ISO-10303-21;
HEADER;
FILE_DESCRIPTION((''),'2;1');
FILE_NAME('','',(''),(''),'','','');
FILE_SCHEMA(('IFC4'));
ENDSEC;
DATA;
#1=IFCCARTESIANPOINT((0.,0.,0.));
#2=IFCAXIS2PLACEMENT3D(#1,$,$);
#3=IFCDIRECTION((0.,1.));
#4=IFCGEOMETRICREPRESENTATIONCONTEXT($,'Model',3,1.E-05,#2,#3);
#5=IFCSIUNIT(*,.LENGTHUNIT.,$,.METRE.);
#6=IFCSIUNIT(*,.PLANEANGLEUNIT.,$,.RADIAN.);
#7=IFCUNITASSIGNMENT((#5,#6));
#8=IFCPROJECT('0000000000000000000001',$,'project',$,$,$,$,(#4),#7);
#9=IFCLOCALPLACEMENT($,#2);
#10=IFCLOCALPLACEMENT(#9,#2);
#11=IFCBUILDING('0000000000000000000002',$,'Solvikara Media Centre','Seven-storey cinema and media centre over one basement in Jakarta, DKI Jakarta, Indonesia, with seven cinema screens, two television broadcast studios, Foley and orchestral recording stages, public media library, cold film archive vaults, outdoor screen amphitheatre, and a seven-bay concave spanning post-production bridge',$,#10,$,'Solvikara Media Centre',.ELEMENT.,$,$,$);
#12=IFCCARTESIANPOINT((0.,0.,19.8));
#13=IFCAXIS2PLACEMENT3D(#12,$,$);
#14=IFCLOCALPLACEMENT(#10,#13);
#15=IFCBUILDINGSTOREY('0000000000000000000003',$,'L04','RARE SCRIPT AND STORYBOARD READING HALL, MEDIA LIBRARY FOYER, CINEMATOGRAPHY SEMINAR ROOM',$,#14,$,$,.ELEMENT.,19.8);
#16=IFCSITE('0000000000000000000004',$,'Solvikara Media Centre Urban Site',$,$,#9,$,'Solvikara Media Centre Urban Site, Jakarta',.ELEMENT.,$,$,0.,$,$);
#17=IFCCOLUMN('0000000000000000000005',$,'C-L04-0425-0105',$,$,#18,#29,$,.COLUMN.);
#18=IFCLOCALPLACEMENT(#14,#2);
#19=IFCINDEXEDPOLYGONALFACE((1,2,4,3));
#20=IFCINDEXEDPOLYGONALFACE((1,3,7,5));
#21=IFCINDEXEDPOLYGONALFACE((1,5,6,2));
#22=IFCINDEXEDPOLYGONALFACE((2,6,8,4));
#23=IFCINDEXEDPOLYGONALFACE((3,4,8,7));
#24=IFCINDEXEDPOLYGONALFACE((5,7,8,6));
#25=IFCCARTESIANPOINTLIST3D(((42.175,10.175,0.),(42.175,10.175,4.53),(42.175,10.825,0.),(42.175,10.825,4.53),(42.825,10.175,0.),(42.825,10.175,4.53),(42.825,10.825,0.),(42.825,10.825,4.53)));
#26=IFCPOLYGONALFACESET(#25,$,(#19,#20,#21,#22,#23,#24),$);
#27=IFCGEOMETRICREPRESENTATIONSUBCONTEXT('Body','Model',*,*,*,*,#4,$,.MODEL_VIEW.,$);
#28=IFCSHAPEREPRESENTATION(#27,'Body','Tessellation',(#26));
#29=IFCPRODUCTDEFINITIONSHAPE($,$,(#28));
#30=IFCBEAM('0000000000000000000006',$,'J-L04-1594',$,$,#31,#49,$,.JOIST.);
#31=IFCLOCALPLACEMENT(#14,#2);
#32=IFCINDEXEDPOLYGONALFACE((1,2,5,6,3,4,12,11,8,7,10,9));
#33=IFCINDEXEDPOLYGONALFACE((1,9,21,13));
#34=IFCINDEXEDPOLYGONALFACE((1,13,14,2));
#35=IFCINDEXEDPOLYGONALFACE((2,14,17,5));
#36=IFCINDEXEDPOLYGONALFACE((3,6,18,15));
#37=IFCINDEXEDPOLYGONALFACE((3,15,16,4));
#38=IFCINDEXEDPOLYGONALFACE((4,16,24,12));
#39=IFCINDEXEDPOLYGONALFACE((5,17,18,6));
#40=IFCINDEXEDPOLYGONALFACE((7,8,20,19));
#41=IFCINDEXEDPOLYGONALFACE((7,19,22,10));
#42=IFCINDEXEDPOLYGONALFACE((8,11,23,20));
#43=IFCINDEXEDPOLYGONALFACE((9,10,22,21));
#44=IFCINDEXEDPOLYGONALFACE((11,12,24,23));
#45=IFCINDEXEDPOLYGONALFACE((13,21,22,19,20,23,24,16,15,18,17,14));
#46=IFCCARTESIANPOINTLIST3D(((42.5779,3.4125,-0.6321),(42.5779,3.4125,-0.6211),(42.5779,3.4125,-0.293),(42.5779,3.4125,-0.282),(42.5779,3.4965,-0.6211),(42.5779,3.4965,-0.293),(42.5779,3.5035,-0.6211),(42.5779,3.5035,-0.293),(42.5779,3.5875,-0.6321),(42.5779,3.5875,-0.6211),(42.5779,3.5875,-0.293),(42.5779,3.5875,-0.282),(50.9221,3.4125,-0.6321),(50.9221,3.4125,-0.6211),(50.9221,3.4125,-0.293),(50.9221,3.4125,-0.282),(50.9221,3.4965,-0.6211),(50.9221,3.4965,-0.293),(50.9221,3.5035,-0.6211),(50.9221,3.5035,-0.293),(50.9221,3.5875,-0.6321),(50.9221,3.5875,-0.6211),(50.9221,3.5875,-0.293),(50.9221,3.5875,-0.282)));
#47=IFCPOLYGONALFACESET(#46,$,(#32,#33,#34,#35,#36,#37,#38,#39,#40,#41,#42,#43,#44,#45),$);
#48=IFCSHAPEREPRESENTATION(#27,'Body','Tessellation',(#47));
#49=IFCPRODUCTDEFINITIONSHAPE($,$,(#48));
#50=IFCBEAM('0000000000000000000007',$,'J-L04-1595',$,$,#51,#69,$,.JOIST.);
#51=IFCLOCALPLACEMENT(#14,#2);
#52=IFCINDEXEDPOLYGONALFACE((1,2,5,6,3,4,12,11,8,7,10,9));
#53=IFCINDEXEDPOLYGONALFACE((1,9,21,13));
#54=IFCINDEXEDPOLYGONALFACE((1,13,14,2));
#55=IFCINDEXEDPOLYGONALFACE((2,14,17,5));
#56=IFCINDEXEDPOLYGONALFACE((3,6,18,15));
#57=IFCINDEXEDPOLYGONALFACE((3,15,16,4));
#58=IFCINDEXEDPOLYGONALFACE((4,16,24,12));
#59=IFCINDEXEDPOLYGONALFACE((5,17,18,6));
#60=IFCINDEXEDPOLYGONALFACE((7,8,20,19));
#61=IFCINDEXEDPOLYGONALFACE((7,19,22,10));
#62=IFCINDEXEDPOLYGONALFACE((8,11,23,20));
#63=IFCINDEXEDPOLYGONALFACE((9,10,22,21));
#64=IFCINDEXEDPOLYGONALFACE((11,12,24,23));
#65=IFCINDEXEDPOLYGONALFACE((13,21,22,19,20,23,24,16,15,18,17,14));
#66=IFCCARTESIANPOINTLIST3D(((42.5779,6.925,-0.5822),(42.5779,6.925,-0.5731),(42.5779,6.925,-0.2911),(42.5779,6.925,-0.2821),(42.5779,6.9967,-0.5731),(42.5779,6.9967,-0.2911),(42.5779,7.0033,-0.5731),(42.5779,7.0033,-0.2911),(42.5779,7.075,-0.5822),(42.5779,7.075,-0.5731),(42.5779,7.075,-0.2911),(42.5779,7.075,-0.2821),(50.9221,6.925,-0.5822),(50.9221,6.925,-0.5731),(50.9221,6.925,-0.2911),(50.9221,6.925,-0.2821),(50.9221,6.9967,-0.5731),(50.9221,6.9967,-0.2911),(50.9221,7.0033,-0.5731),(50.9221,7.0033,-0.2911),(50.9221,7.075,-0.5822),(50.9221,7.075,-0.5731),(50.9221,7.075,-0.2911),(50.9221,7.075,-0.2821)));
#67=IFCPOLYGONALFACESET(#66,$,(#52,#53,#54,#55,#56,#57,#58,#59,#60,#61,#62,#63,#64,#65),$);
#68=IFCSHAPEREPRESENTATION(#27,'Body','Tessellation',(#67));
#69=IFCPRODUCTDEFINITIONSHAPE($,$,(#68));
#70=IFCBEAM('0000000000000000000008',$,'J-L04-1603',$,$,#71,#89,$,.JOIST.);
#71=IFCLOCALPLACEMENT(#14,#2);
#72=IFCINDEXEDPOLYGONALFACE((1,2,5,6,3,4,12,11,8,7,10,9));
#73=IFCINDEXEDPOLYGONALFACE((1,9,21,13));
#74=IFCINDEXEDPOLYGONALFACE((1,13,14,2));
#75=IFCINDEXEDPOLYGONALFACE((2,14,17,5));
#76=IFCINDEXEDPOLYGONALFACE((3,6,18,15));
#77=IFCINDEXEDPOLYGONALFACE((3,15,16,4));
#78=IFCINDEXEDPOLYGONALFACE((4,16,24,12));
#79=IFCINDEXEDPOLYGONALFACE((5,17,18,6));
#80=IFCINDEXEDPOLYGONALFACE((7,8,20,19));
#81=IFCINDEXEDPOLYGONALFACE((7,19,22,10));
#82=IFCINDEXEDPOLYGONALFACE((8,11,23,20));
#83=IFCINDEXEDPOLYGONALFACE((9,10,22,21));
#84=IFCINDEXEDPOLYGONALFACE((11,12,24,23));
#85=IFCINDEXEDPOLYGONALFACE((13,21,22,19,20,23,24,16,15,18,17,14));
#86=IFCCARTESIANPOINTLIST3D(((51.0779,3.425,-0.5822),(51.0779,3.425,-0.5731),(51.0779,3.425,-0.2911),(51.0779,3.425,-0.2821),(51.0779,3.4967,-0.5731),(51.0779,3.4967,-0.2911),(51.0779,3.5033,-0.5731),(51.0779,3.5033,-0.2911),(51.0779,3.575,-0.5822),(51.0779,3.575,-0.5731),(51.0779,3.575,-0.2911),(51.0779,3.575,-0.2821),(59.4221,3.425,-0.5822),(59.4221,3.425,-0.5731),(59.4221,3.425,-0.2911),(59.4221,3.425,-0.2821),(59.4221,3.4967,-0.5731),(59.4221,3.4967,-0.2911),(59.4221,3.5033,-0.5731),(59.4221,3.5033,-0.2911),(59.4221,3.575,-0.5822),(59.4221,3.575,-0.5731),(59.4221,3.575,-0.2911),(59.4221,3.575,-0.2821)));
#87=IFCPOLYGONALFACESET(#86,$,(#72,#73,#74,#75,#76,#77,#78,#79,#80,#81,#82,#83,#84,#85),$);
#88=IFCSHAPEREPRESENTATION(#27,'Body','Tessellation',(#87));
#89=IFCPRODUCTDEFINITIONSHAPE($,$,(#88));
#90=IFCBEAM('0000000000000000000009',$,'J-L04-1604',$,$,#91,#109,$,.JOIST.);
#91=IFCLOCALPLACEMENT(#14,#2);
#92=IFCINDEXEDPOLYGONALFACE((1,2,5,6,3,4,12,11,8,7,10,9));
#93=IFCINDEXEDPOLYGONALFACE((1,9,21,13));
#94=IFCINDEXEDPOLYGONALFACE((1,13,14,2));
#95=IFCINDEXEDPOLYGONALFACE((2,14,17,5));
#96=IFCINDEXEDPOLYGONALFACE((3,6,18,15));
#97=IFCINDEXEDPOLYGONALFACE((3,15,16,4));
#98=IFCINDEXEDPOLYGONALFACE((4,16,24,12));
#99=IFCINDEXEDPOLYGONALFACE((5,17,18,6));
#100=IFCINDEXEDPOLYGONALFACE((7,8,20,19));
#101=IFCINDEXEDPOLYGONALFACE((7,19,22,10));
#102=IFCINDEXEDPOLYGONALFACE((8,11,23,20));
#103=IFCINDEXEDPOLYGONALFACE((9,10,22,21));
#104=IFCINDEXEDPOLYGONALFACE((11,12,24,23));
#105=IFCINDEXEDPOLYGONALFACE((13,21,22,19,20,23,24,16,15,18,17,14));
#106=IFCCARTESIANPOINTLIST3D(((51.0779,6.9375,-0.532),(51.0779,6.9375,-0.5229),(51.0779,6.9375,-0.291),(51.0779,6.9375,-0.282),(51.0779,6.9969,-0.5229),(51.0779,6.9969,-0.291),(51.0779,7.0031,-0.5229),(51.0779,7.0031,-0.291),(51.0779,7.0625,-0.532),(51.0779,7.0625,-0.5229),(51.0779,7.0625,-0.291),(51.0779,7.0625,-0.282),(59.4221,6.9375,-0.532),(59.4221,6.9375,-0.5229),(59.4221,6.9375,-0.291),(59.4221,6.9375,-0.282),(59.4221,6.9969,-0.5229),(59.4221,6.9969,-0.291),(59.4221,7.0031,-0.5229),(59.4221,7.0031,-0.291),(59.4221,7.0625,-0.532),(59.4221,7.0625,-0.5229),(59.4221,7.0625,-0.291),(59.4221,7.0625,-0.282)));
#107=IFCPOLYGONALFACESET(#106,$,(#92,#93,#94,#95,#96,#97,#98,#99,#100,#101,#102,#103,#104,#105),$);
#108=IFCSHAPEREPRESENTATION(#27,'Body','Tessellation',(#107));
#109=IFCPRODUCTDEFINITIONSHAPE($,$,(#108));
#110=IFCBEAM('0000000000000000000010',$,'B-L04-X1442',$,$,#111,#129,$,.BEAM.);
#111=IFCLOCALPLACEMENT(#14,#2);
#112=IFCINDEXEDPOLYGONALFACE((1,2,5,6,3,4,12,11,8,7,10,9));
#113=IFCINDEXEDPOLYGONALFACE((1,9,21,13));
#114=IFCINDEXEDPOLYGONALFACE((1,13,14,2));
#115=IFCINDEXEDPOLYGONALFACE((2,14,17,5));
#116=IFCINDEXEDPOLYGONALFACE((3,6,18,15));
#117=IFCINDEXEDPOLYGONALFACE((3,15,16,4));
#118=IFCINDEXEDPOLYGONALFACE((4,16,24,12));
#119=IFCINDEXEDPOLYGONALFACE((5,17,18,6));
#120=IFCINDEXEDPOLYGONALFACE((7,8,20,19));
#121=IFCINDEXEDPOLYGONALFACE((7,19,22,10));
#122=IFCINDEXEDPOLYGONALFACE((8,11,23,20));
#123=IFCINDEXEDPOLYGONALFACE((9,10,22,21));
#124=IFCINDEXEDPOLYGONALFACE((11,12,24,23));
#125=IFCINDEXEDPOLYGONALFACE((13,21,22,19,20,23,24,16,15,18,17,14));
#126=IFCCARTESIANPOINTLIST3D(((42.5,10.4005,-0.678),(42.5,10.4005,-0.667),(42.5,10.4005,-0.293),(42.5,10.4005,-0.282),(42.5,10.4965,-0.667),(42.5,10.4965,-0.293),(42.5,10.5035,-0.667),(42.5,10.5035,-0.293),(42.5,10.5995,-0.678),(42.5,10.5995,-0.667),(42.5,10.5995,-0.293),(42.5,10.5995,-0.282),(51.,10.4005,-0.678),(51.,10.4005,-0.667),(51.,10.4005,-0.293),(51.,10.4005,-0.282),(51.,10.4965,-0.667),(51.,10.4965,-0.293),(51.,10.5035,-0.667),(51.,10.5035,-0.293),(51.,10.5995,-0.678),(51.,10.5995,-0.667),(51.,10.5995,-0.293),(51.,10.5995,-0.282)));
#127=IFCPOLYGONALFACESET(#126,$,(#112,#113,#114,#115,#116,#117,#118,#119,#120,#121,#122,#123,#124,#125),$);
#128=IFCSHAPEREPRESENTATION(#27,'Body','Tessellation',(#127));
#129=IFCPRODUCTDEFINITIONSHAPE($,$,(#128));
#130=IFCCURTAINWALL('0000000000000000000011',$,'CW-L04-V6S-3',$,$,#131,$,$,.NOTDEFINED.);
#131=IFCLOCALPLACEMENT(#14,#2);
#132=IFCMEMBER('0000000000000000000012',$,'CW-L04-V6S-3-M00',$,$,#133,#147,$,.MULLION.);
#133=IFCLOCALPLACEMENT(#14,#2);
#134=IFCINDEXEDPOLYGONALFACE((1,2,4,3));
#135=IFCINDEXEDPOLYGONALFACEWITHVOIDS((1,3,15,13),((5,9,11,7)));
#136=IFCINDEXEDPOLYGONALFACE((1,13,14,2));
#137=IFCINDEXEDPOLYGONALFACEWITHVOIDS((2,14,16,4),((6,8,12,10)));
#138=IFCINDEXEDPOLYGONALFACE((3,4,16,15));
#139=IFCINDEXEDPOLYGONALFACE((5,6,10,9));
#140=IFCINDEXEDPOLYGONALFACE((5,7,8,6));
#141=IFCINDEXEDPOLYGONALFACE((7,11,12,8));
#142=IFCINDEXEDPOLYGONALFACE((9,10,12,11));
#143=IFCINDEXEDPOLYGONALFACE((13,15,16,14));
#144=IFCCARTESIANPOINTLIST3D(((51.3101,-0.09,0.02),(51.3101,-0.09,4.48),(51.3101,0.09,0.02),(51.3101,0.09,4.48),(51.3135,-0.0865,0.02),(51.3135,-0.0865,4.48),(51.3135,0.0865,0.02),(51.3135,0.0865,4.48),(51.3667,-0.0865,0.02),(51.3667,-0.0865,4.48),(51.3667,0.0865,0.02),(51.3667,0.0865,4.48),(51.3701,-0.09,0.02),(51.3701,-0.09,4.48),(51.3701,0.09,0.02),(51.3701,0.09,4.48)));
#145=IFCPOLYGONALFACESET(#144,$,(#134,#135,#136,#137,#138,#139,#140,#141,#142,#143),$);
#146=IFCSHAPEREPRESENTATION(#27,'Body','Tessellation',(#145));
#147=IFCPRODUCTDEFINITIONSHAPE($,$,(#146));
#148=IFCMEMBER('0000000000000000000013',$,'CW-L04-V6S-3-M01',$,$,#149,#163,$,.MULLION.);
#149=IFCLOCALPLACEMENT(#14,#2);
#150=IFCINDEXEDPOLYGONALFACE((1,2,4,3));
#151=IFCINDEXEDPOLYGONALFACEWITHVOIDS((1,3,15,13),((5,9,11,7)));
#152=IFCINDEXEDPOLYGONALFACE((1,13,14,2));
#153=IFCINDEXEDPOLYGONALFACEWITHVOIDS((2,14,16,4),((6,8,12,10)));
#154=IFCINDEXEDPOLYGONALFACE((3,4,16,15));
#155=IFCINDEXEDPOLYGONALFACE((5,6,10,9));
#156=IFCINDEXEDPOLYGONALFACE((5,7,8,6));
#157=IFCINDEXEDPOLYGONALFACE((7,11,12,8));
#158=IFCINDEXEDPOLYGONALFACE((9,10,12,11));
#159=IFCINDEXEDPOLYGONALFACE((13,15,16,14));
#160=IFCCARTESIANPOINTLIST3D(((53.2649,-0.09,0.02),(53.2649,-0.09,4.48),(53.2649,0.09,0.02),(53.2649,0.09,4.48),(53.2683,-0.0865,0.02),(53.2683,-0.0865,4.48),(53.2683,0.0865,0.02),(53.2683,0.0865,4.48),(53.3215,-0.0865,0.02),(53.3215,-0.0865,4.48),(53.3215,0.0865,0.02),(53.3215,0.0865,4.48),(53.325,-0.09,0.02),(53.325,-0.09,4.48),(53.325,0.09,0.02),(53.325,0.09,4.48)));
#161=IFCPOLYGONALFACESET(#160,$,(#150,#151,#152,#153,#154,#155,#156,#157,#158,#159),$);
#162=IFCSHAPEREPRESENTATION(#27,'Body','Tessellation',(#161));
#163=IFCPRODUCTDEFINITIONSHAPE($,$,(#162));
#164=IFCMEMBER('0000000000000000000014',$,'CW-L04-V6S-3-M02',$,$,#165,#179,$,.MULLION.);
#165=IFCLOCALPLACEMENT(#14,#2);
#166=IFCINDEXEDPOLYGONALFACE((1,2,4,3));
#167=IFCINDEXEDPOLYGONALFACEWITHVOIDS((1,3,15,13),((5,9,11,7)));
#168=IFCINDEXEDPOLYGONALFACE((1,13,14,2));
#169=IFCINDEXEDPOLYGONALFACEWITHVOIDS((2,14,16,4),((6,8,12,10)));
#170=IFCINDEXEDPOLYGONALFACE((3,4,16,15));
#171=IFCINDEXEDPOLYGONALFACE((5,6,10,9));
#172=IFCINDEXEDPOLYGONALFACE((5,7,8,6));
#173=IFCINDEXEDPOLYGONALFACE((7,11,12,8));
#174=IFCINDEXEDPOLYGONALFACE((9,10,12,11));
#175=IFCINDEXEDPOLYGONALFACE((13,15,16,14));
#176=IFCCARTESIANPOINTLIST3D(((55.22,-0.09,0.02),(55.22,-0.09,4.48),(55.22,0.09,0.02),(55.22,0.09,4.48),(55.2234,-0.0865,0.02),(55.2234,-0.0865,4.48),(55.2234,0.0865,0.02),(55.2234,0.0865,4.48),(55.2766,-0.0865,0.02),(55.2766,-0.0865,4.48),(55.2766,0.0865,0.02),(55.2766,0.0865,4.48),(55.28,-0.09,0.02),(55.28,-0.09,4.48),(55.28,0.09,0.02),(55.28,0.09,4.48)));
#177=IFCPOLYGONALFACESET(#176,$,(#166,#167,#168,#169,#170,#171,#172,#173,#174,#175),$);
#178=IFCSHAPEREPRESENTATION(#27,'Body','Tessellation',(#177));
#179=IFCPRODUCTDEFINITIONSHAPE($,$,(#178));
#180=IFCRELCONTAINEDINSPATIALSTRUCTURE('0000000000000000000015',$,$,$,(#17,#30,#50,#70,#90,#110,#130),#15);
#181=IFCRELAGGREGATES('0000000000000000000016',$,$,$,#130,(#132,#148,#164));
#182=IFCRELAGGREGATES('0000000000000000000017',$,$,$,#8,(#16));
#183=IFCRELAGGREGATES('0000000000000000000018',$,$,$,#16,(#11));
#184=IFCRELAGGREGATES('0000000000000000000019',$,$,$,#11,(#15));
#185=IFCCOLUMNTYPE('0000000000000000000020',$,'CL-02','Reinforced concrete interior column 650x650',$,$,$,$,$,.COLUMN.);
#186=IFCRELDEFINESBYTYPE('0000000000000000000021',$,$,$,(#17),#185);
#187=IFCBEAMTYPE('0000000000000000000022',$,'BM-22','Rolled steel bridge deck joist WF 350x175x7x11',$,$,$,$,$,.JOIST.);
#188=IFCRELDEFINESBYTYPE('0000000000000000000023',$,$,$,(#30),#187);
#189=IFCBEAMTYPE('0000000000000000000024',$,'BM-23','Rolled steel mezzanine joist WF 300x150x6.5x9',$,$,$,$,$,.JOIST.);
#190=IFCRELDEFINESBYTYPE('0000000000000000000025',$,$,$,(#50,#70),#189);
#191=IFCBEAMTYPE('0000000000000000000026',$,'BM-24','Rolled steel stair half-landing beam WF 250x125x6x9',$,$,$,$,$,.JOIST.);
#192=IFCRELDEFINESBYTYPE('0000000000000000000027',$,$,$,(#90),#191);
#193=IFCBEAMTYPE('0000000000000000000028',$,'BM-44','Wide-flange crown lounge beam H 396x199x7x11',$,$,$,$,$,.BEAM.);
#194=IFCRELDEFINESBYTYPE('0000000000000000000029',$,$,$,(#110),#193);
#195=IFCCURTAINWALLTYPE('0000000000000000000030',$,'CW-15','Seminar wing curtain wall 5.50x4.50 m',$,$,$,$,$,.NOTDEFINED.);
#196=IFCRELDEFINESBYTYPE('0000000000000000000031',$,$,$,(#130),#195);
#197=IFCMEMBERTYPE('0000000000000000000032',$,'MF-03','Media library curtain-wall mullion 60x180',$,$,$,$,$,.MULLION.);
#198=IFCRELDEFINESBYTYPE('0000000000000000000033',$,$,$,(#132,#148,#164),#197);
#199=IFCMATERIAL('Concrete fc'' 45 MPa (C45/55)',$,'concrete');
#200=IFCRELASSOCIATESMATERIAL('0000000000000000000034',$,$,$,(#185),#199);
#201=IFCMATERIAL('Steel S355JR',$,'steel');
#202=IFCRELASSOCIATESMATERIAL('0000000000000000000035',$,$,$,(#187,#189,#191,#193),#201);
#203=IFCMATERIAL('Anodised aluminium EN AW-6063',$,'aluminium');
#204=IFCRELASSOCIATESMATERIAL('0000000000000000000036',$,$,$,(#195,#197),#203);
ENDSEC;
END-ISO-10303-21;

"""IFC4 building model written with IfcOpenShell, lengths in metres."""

from ifc_helpers import new_model, si_unit, direction, frame, origin, origin_2d, place, context, subcontext, project, spatial, rectangle, hollow_rectangle, i_section, extrude, material, material_profile, profile_set, type_object, element, aggregate, save


model = new_model("IFC4")

# Units and contexts
model_context = context("Model", 3, precision=1e-05, world=origin(), true_north=direction((0.0, 1.0)))
body_context = subcontext(model_context, "Body", "Model", "MODEL_VIEW")
ifc_project = project(units=[si_unit("LENGTHUNIT", "METRE"), si_unit("PLANEANGLEUNIT", "RADIAN")], contexts=[model_context])

# Site, building, storey
site_placement = place(None, origin())
site = spatial("IfcSite", under=ifc_project, at=site_placement, Name="Solvikara Media Centre Urban Site", LongName="Solvikara Media Centre Urban Site, Jakarta", CompositionType="ELEMENT", RefElevation=0.0)
building_placement = place(site_placement, origin())
building = spatial("IfcBuilding", under=site, at=building_placement, Name="Solvikara Media Centre", Description="Seven-storey cinema and media centre over one basement in Jakarta, DKI Jakarta, Indonesia, with seven cinema screens, two television broadcast studios, Foley and orchestral recording stages, public media library, cold film archive vaults, outdoor screen amphitheatre, and a seven-bay concave spanning post-production bridge", LongName="Solvikara Media Centre", CompositionType="ELEMENT")
storey_placement = place(building_placement, frame((0.0, 0.0, 19.8)))
storey = spatial("IfcBuildingStorey", under=building, at=storey_placement, Name="L04", Description="RARE SCRIPT AND STORYBOARD READING HALL, MEDIA LIBRARY FOYER, CINEMATOGRAPHY SEMINAR ROOM", CompositionType="ELEMENT", Elevation=19.8)

# Column
ifc_material_1 = material(Name="Concrete fc' 45 MPa (C45/55)", Category="concrete")
ifc_material_profile_1 = material_profile(ifc_material_1, rectangle(XDim=0.6499, YDim=0.6499, at=origin_2d()), Name="RC 650x650")
ifc_profile_set_1 = profile_set([ifc_material_profile_1], Name="Concrete fc' 45 MPa (C45/55)")
column_type = type_object("IfcColumnType", Name="CL-02", Description="Reinforced concrete interior column 650x650", PredefinedType="COLUMN", material=ifc_profile_set_1)
column_placement = place(storey_placement, frame((42.5, 10.5, 0.0), z_axis=(0.0, 0.0, 1.0), x_axis=(1.0, 0.0, 0.0)))
element("IfcColumn", 1, at=column_placement, inside=storey, type_object=column_type, Name="C-L04-0425-0105", PredefinedType="COLUMN", context=body_context, shape_type="SweptSolid", body=[
    extrude(rectangle(XDim=0.6499, YDim=0.6499, at=origin_2d()), origin(), (0.0, 0.0, 1.0), 4.53),
])

# Beams
ifc_material_2 = material(Name="Steel S355JR", Category="steel")
ifc_material_profile_2 = material_profile(ifc_material_2, i_section(OverallWidth=0.175, OverallDepth=0.3501, WebThickness=0.0071, FlangeThickness=0.011, at=origin_2d()), Name="WF 350x175x7x11")
ifc_profile_set_2 = profile_set([ifc_material_profile_2], Name="Steel S355JR")
beam_type_1 = type_object("IfcBeamType", Name="BM-22", Description="Rolled steel bridge deck joist WF 350x175x7x11", PredefinedType="JOIST", material=ifc_profile_set_2)
beam_1_placement = place(storey_placement, frame((42.5779, 3.5, -0.457), z_axis=(1.0, 0.0, 0.0), x_axis=(0.0, 1.0, 0.0)))
element("IfcBeam", 2, at=beam_1_placement, inside=storey, type_object=beam_type_1, Name="J-L04-1594", PredefinedType="JOIST", context=body_context, shape_type="SweptSolid", body=[
    extrude(i_section(OverallWidth=0.175, OverallDepth=0.3501, WebThickness=0.0071, FlangeThickness=0.011, at=origin_2d()), origin(), (0.0, 0.0, 1.0), 8.3442),
])
ifc_material_profile_3 = material_profile(ifc_material_2, i_section(OverallWidth=0.1499, OverallDepth=0.3, WebThickness=0.0066, FlangeThickness=0.009, at=origin_2d()), Name="WF 300x150x6.5x9")
ifc_profile_set_3 = profile_set([ifc_material_profile_3], Name="Steel S355JR")
beam_type_2 = type_object("IfcBeamType", Name="BM-23", Description="Rolled steel mezzanine joist WF 300x150x6.5x9", PredefinedType="JOIST", material=ifc_profile_set_3)
for number, where, z_axis, x_axis, name in (
    (3, (42.5779, 7.0, -0.4321), (1.0, 0.0, 0.0), (0.0, 1.0, 0.0), "J-L04-1595"),
    (4, (51.0779, 3.5, -0.4321), (1.0, 0.0, 0.0), (0.0, 1.0, 0.0), "J-L04-1603"),
):
    element("IfcBeam", number, at=place(storey_placement, frame(where, z_axis=z_axis, x_axis=x_axis)), inside=storey, type_object=beam_type_2, Name=name, PredefinedType="JOIST", context=body_context, shape_type="SweptSolid", body=[
        extrude(i_section(OverallWidth=0.1499, OverallDepth=0.3, WebThickness=0.0066, FlangeThickness=0.009, at=origin_2d()), origin(), (0.0, 0.0, 1.0), 8.3442),
    ])
ifc_material_profile_4 = material_profile(ifc_material_2, i_section(OverallWidth=0.125, OverallDepth=0.25, WebThickness=0.0061, FlangeThickness=0.009, at=origin_2d()), Name="WF 250x125x6x9")
ifc_profile_set_4 = profile_set([ifc_material_profile_4], Name="Steel S355JR")
beam_type_3 = type_object("IfcBeamType", Name="BM-24", Description="Rolled steel stair half-landing beam WF 250x125x6x9", PredefinedType="JOIST", material=ifc_profile_set_4)
beam_2_placement = place(storey_placement, frame((51.0779, 7.0, -0.407), z_axis=(1.0, 0.0, 0.0), x_axis=(0.0, 1.0, 0.0)))
element("IfcBeam", 5, at=beam_2_placement, inside=storey, type_object=beam_type_3, Name="J-L04-1604", PredefinedType="JOIST", context=body_context, shape_type="SweptSolid", body=[
    extrude(i_section(OverallWidth=0.125, OverallDepth=0.25, WebThickness=0.0061, FlangeThickness=0.009, at=origin_2d()), origin(), (0.0, 0.0, 1.0), 8.3442),
])
ifc_material_profile_5 = material_profile(ifc_material_2, i_section(OverallWidth=0.199, OverallDepth=0.396, WebThickness=0.0071, FlangeThickness=0.011, at=origin_2d()), Name="H 396x199x7x11")
ifc_profile_set_5 = profile_set([ifc_material_profile_5], Name="Steel S355JR")
beam_type_4 = type_object("IfcBeamType", Name="BM-44", Description="Wide-flange crown lounge beam H 396x199x7x11", PredefinedType="BEAM", material=ifc_profile_set_5)
beam_3_placement = place(storey_placement, frame((42.5, 10.5, -0.48), z_axis=(1.0, 0.0, 0.0), x_axis=(0.0, 1.0, 0.0)))
element("IfcBeam", 6, at=beam_3_placement, inside=storey, type_object=beam_type_4, Name="B-L04-X1442", PredefinedType="BEAM", context=body_context, shape_type="SweptSolid", body=[
    extrude(i_section(OverallWidth=0.199, OverallDepth=0.396, WebThickness=0.0071, FlangeThickness=0.011, at=origin_2d()), origin(), (0.0, 0.0, 1.0), 8.5),
])

# Curtain wall, members
ifc_material_3 = material(Name="Anodised aluminium EN AW-6063", Category="aluminium")
curtain_wall_type = type_object("IfcCurtainWallType", Name="CW-15", Description="Seminar wing curtain wall 5.50x4.50 m", PredefinedType="NOTDEFINED", material=ifc_material_3)
curtain_wall_placement = place(storey_placement, origin())
curtain_wall = element("IfcCurtainWall", 7, at=curtain_wall_placement, inside=storey, type_object=curtain_wall_type, Name="CW-L04-V6S-3", PredefinedType="NOTDEFINED")
ifc_material_profile_6 = material_profile(ifc_material_3, hollow_rectangle(XDim=0.0601, YDim=0.1799, WallThickness=0.0034, at=origin_2d()), Name="ALU-M 60x180x3.5")
ifc_profile_set_6 = profile_set([ifc_material_profile_6], Name="Anodised aluminium EN AW-6063")
member_type_1 = type_object("IfcMemberType", Name="MF-03", Description="Media library curtain-wall mullion 60x180", PredefinedType="MULLION", material=ifc_profile_set_6)
member_1_placement = place(storey_placement, frame((51.3401, 0.0, 0.02), z_axis=(0.0, 0.0, 1.0), x_axis=(1.0, 0.0, 0.0)))
member_1 = element("IfcMember", 8, at=member_1_placement, type_object=member_type_1, Name="CW-L04-V6S-3-M00", PredefinedType="MULLION", context=body_context, shape_type="SweptSolid", body=[
    extrude(hollow_rectangle(XDim=0.0601, YDim=0.1799, WallThickness=0.0034, at=origin_2d()), origin(), (0.0, 0.0, 1.0), 4.46),
])
member_2_placement = place(storey_placement, frame((53.2949, 0.0, 0.02), z_axis=(0.0, 0.0, 1.0), x_axis=(1.0, 0.0, 0.0)))
member_2 = element("IfcMember", 9, at=member_2_placement, type_object=member_type_1, Name="CW-L04-V6S-3-M01", PredefinedType="MULLION", context=body_context, shape_type="SweptSolid", body=[
    extrude(hollow_rectangle(XDim=0.0601, YDim=0.1799, WallThickness=0.0034, at=origin_2d()), origin(), (0.0, 0.0, 1.0), 4.46),
])
member_3_placement = place(storey_placement, frame((55.25, 0.0, 0.02), z_axis=(0.0, 0.0, 1.0), x_axis=(1.0, 0.0, 0.0)))
member_3 = element("IfcMember", 10, at=member_3_placement, type_object=member_type_1, Name="CW-L04-V6S-3-M02", PredefinedType="MULLION", context=body_context, shape_type="SweptSolid", body=[
    extrude(hollow_rectangle(XDim=0.0601, YDim=0.1799, WallThickness=0.0034, at=origin_2d()), origin(), (0.0, 0.0, 1.0), 4.46),
])
aggregate(curtain_wall, [member_1, member_2, member_3])

save(model, "model.ifc")
